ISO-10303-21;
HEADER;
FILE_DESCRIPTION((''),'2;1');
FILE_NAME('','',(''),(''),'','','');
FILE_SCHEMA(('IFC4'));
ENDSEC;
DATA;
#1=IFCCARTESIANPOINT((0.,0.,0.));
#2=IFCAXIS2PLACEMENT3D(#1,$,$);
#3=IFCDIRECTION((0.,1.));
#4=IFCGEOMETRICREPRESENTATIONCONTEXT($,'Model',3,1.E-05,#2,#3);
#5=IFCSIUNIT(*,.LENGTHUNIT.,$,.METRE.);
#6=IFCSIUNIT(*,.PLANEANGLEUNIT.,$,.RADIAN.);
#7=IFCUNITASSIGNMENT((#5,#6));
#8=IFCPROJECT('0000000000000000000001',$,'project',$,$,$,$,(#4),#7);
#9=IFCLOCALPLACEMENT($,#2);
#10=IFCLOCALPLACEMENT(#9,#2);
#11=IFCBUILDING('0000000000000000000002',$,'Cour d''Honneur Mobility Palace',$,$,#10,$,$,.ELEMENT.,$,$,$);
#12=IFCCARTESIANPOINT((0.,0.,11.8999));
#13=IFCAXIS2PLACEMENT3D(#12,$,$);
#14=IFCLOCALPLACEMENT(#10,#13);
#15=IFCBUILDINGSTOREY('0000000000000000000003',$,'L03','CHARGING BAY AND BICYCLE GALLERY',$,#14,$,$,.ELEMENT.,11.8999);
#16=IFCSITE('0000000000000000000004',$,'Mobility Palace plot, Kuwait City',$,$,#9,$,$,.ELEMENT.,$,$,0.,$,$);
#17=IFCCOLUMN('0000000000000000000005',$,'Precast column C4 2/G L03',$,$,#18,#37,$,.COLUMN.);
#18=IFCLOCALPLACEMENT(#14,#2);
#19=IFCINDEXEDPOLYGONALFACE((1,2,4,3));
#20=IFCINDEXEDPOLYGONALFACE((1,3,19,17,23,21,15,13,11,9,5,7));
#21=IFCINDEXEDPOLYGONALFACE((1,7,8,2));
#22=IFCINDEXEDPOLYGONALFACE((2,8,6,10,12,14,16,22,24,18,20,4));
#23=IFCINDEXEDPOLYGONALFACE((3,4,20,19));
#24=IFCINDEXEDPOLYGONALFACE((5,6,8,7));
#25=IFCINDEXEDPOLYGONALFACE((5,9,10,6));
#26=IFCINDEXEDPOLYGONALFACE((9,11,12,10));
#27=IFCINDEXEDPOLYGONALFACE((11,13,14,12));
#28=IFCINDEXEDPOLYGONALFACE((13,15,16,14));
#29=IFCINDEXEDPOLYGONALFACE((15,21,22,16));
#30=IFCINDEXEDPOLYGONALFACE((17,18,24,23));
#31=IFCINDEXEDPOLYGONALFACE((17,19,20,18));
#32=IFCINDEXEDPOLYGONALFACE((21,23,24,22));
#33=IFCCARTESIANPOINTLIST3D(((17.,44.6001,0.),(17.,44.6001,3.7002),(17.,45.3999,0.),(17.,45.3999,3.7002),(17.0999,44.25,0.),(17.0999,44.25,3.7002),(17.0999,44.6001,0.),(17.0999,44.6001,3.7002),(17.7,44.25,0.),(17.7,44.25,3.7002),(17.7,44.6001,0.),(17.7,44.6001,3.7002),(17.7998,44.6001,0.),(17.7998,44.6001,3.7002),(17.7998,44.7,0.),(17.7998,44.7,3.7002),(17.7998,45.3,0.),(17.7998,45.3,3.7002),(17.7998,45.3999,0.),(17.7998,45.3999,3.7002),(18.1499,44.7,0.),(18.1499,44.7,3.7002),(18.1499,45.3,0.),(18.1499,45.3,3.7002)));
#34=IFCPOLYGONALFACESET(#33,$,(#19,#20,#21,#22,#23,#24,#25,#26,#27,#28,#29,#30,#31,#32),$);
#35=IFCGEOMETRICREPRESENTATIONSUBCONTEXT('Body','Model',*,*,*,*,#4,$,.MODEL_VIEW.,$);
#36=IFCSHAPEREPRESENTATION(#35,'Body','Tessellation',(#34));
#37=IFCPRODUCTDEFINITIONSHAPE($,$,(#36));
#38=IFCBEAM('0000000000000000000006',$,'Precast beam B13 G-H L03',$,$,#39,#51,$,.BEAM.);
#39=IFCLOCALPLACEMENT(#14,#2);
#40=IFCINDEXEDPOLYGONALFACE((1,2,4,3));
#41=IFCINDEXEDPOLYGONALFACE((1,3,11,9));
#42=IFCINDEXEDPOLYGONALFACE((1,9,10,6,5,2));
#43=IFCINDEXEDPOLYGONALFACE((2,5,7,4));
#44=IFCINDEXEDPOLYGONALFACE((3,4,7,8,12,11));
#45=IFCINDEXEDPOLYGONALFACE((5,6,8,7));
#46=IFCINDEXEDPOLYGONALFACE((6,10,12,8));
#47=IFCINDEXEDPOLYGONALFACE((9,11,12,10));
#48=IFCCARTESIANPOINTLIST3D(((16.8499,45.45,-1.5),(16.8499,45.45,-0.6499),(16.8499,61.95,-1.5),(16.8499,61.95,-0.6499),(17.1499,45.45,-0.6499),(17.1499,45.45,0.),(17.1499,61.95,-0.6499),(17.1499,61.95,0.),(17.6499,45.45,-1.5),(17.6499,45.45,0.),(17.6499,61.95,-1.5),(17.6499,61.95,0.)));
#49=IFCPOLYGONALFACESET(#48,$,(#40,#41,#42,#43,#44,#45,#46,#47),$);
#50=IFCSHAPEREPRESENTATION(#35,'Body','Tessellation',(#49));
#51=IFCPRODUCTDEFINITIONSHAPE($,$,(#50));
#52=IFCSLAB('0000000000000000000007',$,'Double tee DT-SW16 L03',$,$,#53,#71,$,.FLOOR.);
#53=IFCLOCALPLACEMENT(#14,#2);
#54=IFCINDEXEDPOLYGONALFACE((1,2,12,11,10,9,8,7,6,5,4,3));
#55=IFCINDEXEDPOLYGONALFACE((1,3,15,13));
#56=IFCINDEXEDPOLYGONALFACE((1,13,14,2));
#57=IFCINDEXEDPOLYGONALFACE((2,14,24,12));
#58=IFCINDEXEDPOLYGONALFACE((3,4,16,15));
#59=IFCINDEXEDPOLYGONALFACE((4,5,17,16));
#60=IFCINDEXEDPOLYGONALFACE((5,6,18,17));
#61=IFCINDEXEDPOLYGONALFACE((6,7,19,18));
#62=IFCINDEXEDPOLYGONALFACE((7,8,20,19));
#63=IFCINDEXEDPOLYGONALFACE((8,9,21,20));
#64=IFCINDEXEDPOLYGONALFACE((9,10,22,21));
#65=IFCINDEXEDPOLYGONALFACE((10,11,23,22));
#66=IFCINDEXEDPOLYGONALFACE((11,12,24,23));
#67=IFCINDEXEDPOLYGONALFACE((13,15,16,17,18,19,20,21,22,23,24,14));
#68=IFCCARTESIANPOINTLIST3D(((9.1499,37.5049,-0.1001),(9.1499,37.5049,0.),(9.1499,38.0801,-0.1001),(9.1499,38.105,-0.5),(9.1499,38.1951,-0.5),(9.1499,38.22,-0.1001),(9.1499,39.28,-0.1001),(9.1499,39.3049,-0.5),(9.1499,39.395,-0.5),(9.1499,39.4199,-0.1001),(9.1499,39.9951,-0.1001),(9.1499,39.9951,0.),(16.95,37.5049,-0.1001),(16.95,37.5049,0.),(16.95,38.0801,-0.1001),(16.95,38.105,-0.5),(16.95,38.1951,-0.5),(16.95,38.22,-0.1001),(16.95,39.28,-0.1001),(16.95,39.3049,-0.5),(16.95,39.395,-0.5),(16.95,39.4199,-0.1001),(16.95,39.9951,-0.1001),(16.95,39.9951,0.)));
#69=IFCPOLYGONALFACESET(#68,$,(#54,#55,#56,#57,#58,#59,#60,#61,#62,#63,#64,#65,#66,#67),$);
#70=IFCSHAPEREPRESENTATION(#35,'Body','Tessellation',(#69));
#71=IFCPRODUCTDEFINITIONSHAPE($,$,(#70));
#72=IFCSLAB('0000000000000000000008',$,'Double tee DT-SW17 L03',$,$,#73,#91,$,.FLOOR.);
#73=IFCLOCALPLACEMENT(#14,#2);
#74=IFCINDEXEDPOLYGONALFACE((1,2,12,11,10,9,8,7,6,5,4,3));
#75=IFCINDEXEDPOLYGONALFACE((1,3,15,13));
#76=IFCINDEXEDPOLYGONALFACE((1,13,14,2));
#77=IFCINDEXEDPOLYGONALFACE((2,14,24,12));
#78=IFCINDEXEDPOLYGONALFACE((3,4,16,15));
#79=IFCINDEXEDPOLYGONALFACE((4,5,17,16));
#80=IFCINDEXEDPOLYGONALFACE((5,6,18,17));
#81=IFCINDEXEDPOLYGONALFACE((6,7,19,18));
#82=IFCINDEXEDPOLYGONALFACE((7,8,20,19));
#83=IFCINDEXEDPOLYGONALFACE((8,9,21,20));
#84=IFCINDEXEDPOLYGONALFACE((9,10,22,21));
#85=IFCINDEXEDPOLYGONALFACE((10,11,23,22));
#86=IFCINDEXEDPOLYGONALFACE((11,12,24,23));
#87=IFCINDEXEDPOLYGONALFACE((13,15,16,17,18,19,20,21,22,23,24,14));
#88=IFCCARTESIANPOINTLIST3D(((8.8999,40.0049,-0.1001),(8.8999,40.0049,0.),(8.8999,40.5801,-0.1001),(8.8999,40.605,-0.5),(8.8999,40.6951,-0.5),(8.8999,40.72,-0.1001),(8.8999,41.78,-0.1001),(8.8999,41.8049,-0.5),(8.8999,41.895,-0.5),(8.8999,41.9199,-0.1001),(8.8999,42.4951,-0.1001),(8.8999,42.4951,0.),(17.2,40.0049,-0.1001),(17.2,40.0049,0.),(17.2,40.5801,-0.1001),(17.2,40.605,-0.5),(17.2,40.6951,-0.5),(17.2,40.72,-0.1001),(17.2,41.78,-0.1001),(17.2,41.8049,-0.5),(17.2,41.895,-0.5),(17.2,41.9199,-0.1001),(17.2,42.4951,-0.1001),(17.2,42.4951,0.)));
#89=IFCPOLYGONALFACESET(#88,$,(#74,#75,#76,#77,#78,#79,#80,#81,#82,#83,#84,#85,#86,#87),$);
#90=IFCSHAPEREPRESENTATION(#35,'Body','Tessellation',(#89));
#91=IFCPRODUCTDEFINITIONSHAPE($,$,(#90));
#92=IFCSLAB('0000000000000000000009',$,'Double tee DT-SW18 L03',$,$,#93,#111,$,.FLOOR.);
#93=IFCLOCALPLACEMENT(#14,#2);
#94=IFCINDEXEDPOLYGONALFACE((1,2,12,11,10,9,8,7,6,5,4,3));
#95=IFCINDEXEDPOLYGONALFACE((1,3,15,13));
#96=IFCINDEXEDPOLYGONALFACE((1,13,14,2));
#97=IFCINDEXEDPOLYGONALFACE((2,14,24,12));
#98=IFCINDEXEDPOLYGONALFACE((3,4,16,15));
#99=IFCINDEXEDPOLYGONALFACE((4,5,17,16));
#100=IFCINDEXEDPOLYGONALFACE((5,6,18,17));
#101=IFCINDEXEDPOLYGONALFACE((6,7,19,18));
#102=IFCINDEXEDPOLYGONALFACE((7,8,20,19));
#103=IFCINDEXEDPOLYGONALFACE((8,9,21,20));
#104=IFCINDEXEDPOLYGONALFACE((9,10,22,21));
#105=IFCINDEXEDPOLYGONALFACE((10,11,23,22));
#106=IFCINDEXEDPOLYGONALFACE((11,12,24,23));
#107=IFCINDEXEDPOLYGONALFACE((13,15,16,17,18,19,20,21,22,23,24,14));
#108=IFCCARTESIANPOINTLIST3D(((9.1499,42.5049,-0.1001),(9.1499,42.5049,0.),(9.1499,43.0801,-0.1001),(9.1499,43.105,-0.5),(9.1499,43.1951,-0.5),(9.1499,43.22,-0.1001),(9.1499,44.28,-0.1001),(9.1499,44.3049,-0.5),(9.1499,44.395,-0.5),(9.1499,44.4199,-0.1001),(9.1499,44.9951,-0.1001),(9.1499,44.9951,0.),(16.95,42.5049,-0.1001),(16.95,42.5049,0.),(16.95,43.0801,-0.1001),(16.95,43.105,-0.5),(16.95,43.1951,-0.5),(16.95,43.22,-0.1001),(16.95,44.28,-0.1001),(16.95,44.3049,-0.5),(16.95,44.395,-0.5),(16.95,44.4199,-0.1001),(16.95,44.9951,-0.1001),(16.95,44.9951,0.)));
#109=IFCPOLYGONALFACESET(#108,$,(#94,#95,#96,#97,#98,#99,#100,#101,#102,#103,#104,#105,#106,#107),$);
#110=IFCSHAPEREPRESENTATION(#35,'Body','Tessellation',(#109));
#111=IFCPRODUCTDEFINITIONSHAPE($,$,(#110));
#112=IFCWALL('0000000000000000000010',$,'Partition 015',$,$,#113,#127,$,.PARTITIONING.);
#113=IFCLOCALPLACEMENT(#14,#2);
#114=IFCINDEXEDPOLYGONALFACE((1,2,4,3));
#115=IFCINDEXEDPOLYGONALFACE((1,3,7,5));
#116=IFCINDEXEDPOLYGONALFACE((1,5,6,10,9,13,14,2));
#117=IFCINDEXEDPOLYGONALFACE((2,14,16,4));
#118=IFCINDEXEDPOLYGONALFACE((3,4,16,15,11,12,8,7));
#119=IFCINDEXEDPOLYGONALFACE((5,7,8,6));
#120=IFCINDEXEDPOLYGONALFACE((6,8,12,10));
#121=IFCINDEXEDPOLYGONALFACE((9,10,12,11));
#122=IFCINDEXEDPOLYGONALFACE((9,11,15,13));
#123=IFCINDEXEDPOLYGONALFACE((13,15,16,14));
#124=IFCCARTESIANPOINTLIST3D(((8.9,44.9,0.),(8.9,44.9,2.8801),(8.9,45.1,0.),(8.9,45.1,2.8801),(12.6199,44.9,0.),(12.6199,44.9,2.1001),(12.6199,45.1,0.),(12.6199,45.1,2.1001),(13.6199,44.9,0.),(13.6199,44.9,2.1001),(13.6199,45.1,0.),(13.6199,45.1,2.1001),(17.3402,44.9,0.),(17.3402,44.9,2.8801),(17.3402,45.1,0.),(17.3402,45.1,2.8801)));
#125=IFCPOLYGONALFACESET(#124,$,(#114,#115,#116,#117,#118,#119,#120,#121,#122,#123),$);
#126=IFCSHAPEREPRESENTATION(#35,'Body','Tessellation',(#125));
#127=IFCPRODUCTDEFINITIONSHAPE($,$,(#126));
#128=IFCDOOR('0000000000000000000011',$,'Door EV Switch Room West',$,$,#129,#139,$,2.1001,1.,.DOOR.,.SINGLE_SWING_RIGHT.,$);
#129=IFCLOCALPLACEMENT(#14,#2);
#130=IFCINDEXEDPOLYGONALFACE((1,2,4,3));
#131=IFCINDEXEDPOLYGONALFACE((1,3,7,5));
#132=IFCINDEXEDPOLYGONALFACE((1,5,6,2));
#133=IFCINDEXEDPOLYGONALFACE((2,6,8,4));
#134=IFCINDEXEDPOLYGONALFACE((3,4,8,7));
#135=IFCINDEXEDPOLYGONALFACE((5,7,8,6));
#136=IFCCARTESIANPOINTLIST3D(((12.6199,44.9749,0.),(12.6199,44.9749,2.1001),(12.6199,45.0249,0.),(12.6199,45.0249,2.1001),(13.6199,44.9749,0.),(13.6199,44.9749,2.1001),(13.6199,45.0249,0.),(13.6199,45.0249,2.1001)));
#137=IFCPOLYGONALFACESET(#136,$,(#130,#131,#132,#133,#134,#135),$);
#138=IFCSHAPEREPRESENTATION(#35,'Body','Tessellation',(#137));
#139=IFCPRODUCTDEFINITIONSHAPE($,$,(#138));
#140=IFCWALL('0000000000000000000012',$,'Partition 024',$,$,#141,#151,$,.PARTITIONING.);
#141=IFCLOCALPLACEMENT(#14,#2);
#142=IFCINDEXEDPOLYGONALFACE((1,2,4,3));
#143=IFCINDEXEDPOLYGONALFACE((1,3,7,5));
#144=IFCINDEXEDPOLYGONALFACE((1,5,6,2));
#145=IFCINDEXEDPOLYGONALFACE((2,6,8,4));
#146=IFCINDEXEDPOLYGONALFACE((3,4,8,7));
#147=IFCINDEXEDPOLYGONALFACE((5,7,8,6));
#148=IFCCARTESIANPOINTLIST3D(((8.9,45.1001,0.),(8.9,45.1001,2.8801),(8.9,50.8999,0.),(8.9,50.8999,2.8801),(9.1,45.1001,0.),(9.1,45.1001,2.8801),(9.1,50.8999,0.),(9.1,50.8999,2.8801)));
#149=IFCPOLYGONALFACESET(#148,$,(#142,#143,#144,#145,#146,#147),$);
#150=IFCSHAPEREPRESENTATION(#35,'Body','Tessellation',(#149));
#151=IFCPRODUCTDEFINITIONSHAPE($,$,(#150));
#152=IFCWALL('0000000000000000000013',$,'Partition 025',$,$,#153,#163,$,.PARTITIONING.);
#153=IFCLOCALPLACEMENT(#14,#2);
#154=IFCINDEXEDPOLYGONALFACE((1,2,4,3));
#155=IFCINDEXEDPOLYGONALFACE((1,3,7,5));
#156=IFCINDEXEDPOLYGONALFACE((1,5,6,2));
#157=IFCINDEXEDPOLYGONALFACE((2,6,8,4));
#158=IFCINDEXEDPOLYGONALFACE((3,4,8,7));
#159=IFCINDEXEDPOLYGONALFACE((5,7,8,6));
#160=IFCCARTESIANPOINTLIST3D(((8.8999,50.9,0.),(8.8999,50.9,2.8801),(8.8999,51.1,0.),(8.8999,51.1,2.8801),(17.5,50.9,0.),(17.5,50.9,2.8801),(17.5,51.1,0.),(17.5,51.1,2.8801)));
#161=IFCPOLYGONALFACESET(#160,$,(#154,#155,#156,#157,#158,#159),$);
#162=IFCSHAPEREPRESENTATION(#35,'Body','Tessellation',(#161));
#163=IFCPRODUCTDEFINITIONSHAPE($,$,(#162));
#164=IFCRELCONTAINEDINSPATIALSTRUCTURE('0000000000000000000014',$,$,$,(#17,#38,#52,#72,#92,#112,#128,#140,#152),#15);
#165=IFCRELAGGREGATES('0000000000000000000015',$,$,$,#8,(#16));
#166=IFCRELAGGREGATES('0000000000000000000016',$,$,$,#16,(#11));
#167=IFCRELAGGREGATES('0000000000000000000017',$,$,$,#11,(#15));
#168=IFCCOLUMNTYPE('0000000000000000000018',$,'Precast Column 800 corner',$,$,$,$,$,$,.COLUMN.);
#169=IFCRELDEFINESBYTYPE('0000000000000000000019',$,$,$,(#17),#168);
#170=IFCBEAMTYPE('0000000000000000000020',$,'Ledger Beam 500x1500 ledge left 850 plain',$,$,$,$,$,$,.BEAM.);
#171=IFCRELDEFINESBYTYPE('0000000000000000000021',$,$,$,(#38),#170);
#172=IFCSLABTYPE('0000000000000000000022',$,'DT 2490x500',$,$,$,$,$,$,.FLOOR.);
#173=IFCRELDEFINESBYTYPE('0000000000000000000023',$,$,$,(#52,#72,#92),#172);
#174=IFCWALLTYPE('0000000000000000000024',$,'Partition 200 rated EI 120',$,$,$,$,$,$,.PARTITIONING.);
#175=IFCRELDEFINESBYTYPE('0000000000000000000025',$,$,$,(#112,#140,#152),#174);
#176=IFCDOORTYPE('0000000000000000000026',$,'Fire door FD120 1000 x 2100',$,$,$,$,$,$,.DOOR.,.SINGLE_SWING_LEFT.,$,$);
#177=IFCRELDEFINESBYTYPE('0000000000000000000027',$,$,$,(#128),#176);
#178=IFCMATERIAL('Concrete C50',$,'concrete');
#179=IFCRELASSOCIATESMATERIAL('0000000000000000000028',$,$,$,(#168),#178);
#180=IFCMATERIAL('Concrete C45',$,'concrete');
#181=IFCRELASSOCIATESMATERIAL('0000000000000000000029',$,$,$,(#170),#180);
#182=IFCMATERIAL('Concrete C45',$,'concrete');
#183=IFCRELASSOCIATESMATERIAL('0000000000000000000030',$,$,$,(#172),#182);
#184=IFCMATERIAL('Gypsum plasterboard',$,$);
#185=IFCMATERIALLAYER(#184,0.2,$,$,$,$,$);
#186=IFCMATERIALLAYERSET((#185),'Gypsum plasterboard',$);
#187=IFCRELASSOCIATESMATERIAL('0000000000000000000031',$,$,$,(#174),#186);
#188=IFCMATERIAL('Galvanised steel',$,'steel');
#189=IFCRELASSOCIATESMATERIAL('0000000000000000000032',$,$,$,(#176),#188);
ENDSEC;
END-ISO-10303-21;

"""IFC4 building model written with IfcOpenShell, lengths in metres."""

from ifc_helpers import new_model, si_unit, direction, frame, frame_2d, origin, place, context, subcontext, project, spatial, polyline, rectangle, outline, extrude, material, layer, layer_set, material_profile, profile_set, type_object, element, fill, save


model = new_model("IFC4")

# Units and contexts
model_context = context("Model", 3, precision=1e-05, world=origin(), true_north=direction((0.0, 1.0)))
body_context = subcontext(model_context, "Body", "Model", "MODEL_VIEW")
ifc_project = project(units=[si_unit("LENGTHUNIT", "METRE"), si_unit("PLANEANGLEUNIT", "RADIAN")], contexts=[model_context])

# Site, building, storey
site_placement = place(None, origin())
site = spatial("IfcSite", under=ifc_project, at=site_placement, Name="Mobility Palace plot, Kuwait City", CompositionType="ELEMENT", RefElevation=0.0)
building_placement = place(site_placement, origin())
building = spatial("IfcBuilding", under=site, at=building_placement, Name="Cour d'Honneur Mobility Palace", CompositionType="ELEMENT")
storey_placement = place(building_placement, frame((0.0, 0.0, 11.8999)))
storey = spatial("IfcBuildingStorey", under=building, at=storey_placement, Name="L03", Description="CHARGING BAY AND BICYCLE GALLERY", CompositionType="ELEMENT", Elevation=11.8999)

# Column
ifc_material_1 = material(Name="Concrete C50", Category="concrete")
ifc_material_profile_1 = material_profile(ifc_material_1, outline(polyline([(-0.3999, -0.3999), (0.3999, -0.3999), (0.3999, -0.3), (0.75, -0.3), (0.75, 0.3), (0.3999, 0.3), (0.3999, 0.3999), (0.3, 0.3999), (0.3, 0.75), (-0.3, 0.75), (-0.3, 0.3999), (-0.3999, 0.3999), (-0.3999, -0.3999)])), Name="PC C800 corner")
ifc_profile_set_1 = profile_set([ifc_material_profile_1], Name="Concrete C50")
column_type = type_object("IfcColumnType", Name="Precast Column 800 corner", PredefinedType="COLUMN", material=ifc_profile_set_1)
column_placement = place(storey_placement, frame((17.3999, 45.0, 0.0), z_axis=(0.0, 0.0, 1.0), x_axis=(0.0, -1.0, 0.0)))
element("IfcColumn", 1, at=column_placement, inside=storey, type_object=column_type, Name="Precast column C4 2/G L03", PredefinedType="COLUMN", context=body_context, shape_type="SweptSolid", body=[
    extrude(outline(polyline([(-0.3999, -0.3999), (0.3999, -0.3999), (0.3999, -0.3), (0.75, -0.3), (0.75, 0.3), (0.3999, 0.3), (0.3999, 0.3999), (0.3, 0.3999), (0.3, 0.75), (-0.3, 0.75), (-0.3, 0.3999), (-0.3999, 0.3999), (-0.3999, -0.3999)])), origin(), (0.0, 0.0, 1.0), 3.7002),
])

# Beam
ifc_material_2 = material(Name="Concrete C45", Category="concrete")
ifc_material_profile_2 = material_profile(ifc_material_2, outline(polyline([(0.55, -1.5), (0.55, -0.6499), (0.25, -0.6499), (0.25, 0.0), (-0.25, 0.0), (-0.25, -1.5), (0.55, -1.5)])), Name="Ledger Beam 500x1500 ledge left 850 plain")
ifc_profile_set_2 = profile_set([ifc_material_profile_2], Name="Concrete C45")
beam_type = type_object("IfcBeamType", Name="Ledger Beam 500x1500 ledge left 850 plain", PredefinedType="BEAM", material=ifc_profile_set_2)
beam_placement = place(storey_placement, frame((17.3999, 45.45, 0.0), z_axis=(0.0, 1.0, 0.0), x_axis=(-1.0, 0.0, 0.0)))
element("IfcBeam", 2, at=beam_placement, inside=storey, type_object=beam_type, Name="Precast beam B13 G-H L03", PredefinedType="BEAM", context=body_context, shape_type="SweptSolid", body=[
    extrude(outline(polyline([(0.55, -1.5), (0.55, -0.6499), (0.25, -0.6499), (0.25, 0.0), (-0.25, 0.0), (-0.25, -1.5), (0.55, -1.5)])), origin(), (0.0, 0.0, 1.0), 16.5),
])

# Slabs
ifc_material_3 = material(Name="Concrete C45", Category="concrete")
ifc_material_profile_3 = material_profile(ifc_material_3, outline(polyline([(-1.2451, 0.0), (1.2451, 0.0), (1.2451, -0.1001), (0.6699, -0.1001), (0.645, -0.5), (0.5549, -0.5), (0.53, -0.1001), (-0.53, -0.1001), (-0.5549, -0.5), (-0.645, -0.5), (-0.6699, -0.1001), (-1.2451, -0.1001), (-1.2451, 0.0)])), Name="DT 2490x500")
ifc_profile_set_3 = profile_set([ifc_material_profile_3], Name="Concrete C45")
slab_type = type_object("IfcSlabType", Name="DT 2490x500", PredefinedType="FLOOR", material=ifc_profile_set_3)
slab_1_placement = place(storey_placement, frame((9.1499, 38.75, 0.0), z_axis=(1.0, 0.0, 0.0), x_axis=(0.0, 1.0, 0.0)))
element("IfcSlab", 3, at=slab_1_placement, inside=storey, type_object=slab_type, Name="Double tee DT-SW16 L03", PredefinedType="FLOOR", context=body_context, shape_type="SweptSolid", body=[
    extrude(outline(polyline([(-1.2451, 0.0), (1.2451, 0.0), (1.2451, -0.1001), (0.6699, -0.1001), (0.645, -0.5), (0.5549, -0.5), (0.53, -0.1001), (-0.53, -0.1001), (-0.5549, -0.5), (-0.645, -0.5), (-0.6699, -0.1001), (-1.2451, -0.1001), (-1.2451, 0.0)])), origin(), (0.0, 0.0, 1.0), 7.8),
])
slab_2_placement = place(storey_placement, frame((8.8999, 41.25, 0.0), z_axis=(1.0, 0.0, 0.0), x_axis=(0.0, 1.0, 0.0)))
element("IfcSlab", 4, at=slab_2_placement, inside=storey, type_object=slab_type, Name="Double tee DT-SW17 L03", PredefinedType="FLOOR", context=body_context, shape_type="SweptSolid", body=[
    extrude(outline(polyline([(-1.2451, 0.0), (1.2451, 0.0), (1.2451, -0.1001), (0.6699, -0.1001), (0.645, -0.5), (0.5549, -0.5), (0.53, -0.1001), (-0.53, -0.1001), (-0.5549, -0.5), (-0.645, -0.5), (-0.6699, -0.1001), (-1.2451, -0.1001), (-1.2451, 0.0)])), origin(), (0.0, 0.0, 1.0), 8.3),
])
slab_3_placement = place(storey_placement, frame((9.1499, 43.75, 0.0), z_axis=(1.0, 0.0, 0.0), x_axis=(0.0, 1.0, 0.0)))
element("IfcSlab", 5, at=slab_3_placement, inside=storey, type_object=slab_type, Name="Double tee DT-SW18 L03", PredefinedType="FLOOR", context=body_context, shape_type="SweptSolid", body=[
    extrude(outline(polyline([(-1.2451, 0.0), (1.2451, 0.0), (1.2451, -0.1001), (0.6699, -0.1001), (0.645, -0.5), (0.5549, -0.5), (0.53, -0.1001), (-0.53, -0.1001), (-0.5549, -0.5), (-0.645, -0.5), (-0.6699, -0.1001), (-1.2451, -0.1001), (-1.2451, 0.0)])), origin(), (0.0, 0.0, 1.0), 7.8),
])

# Wall, opening, door
ifc_material_4 = material(Name="Gypsum plasterboard")
ifc_layer_1 = layer(ifc_material_4, 0.2)
ifc_layer_set_1 = layer_set([ifc_layer_1], Name="Gypsum plasterboard")
wall_type_1 = type_object("IfcWallType", Name="Partition 200 rated EI 120", PredefinedType="PARTITIONING", material=ifc_layer_set_1)
wall_1_placement = place(storey_placement, frame((8.8999, 45.0, 0.0), z_axis=(0.0, 0.0, 1.0), x_axis=(1.0, 0.0, 0.0)))
wall_1 = element("IfcWall", 6, at=wall_1_placement, inside=storey, type_object=wall_type_1, Name="Partition 015", PredefinedType="PARTITIONING", context=body_context, shape_type="SweptSolid", body=[
    extrude(rectangle(XDim=8.4402, YDim=0.2, at=frame_2d((4.2202, 0.0))), origin(), (0.0, 0.0, 1.0), 2.8801),
])
opening_1_placement = place(wall_1_placement, frame((3.72, 0.0, 0.0)))
opening_1 = element("IfcOpeningElement", 7, at=opening_1_placement, cuts=wall_1, PredefinedType="OPENING", context=body_context, shape_type="SweptSolid", body=[
    extrude(rectangle(XDim=1.0, YDim=2.1001, at=frame_2d((0.5, 1.05))), frame((0.0, 0.1099, 0.0), z_axis=(0.0, -1.0, 0.0), x_axis=(1.0, 0.0, 0.0)), (0.0, 0.0, 1.0), 0.22),
])
ifc_material_5 = material(Name="Galvanised steel", Category="steel")
door_type = type_object("IfcDoorType", Name="Fire door FD120 1000 x 2100", OperationType="SINGLE_SWING_LEFT", PredefinedType="DOOR", material=ifc_material_5)
door_1_placement = place(opening_1_placement, origin())
door_1 = element("IfcDoor", 8, at=door_1_placement, inside=storey, type_object=door_type, Name="Door EV Switch Room West", OperationType="SINGLE_SWING_RIGHT", OverallHeight=2.1001, OverallWidth=1.0, PredefinedType="DOOR", context=body_context, shape_type="SweptSolid", body=[
    extrude(rectangle(XDim=1.0, YDim=2.1001, at=frame_2d((0.5, 1.05))), frame((0.0, 0.0249, 0.0), z_axis=(0.0, -1.0, 0.0), x_axis=(1.0, 0.0, 0.0)), (0.0, 0.0, 1.0), 0.05),
])
fill(opening_1, door_1)

# Walls
wall_2_placement = place(storey_placement, frame((9.0, 50.8999, 0.0), z_axis=(0.0, 0.0, 1.0), x_axis=(0.0, -1.0, 0.0)))
element("IfcWall", 9, at=wall_2_placement, inside=storey, type_object=wall_type_1, Name="Partition 024", PredefinedType="PARTITIONING", context=body_context, shape_type="SweptSolid", body=[
    extrude(rectangle(XDim=5.7998, YDim=0.2, at=frame_2d((2.8999, 0.0))), origin(), (0.0, 0.0, 1.0), 2.8801),
])
wall_3_placement = place(storey_placement, frame((17.5, 51.0, 0.0), z_axis=(0.0, 0.0, 1.0), x_axis=(-1.0, 0.0, 0.0)))
element("IfcWall", 10, at=wall_3_placement, inside=storey, type_object=wall_type_1, Name="Partition 025", PredefinedType="PARTITIONING", context=body_context, shape_type="SweptSolid", body=[
    extrude(rectangle(XDim=8.6001, YDim=0.2, at=frame_2d((4.3, 0.0))), origin(), (0.0, 0.0, 1.0), 2.8801),
])

save(model, "model.ifc")
